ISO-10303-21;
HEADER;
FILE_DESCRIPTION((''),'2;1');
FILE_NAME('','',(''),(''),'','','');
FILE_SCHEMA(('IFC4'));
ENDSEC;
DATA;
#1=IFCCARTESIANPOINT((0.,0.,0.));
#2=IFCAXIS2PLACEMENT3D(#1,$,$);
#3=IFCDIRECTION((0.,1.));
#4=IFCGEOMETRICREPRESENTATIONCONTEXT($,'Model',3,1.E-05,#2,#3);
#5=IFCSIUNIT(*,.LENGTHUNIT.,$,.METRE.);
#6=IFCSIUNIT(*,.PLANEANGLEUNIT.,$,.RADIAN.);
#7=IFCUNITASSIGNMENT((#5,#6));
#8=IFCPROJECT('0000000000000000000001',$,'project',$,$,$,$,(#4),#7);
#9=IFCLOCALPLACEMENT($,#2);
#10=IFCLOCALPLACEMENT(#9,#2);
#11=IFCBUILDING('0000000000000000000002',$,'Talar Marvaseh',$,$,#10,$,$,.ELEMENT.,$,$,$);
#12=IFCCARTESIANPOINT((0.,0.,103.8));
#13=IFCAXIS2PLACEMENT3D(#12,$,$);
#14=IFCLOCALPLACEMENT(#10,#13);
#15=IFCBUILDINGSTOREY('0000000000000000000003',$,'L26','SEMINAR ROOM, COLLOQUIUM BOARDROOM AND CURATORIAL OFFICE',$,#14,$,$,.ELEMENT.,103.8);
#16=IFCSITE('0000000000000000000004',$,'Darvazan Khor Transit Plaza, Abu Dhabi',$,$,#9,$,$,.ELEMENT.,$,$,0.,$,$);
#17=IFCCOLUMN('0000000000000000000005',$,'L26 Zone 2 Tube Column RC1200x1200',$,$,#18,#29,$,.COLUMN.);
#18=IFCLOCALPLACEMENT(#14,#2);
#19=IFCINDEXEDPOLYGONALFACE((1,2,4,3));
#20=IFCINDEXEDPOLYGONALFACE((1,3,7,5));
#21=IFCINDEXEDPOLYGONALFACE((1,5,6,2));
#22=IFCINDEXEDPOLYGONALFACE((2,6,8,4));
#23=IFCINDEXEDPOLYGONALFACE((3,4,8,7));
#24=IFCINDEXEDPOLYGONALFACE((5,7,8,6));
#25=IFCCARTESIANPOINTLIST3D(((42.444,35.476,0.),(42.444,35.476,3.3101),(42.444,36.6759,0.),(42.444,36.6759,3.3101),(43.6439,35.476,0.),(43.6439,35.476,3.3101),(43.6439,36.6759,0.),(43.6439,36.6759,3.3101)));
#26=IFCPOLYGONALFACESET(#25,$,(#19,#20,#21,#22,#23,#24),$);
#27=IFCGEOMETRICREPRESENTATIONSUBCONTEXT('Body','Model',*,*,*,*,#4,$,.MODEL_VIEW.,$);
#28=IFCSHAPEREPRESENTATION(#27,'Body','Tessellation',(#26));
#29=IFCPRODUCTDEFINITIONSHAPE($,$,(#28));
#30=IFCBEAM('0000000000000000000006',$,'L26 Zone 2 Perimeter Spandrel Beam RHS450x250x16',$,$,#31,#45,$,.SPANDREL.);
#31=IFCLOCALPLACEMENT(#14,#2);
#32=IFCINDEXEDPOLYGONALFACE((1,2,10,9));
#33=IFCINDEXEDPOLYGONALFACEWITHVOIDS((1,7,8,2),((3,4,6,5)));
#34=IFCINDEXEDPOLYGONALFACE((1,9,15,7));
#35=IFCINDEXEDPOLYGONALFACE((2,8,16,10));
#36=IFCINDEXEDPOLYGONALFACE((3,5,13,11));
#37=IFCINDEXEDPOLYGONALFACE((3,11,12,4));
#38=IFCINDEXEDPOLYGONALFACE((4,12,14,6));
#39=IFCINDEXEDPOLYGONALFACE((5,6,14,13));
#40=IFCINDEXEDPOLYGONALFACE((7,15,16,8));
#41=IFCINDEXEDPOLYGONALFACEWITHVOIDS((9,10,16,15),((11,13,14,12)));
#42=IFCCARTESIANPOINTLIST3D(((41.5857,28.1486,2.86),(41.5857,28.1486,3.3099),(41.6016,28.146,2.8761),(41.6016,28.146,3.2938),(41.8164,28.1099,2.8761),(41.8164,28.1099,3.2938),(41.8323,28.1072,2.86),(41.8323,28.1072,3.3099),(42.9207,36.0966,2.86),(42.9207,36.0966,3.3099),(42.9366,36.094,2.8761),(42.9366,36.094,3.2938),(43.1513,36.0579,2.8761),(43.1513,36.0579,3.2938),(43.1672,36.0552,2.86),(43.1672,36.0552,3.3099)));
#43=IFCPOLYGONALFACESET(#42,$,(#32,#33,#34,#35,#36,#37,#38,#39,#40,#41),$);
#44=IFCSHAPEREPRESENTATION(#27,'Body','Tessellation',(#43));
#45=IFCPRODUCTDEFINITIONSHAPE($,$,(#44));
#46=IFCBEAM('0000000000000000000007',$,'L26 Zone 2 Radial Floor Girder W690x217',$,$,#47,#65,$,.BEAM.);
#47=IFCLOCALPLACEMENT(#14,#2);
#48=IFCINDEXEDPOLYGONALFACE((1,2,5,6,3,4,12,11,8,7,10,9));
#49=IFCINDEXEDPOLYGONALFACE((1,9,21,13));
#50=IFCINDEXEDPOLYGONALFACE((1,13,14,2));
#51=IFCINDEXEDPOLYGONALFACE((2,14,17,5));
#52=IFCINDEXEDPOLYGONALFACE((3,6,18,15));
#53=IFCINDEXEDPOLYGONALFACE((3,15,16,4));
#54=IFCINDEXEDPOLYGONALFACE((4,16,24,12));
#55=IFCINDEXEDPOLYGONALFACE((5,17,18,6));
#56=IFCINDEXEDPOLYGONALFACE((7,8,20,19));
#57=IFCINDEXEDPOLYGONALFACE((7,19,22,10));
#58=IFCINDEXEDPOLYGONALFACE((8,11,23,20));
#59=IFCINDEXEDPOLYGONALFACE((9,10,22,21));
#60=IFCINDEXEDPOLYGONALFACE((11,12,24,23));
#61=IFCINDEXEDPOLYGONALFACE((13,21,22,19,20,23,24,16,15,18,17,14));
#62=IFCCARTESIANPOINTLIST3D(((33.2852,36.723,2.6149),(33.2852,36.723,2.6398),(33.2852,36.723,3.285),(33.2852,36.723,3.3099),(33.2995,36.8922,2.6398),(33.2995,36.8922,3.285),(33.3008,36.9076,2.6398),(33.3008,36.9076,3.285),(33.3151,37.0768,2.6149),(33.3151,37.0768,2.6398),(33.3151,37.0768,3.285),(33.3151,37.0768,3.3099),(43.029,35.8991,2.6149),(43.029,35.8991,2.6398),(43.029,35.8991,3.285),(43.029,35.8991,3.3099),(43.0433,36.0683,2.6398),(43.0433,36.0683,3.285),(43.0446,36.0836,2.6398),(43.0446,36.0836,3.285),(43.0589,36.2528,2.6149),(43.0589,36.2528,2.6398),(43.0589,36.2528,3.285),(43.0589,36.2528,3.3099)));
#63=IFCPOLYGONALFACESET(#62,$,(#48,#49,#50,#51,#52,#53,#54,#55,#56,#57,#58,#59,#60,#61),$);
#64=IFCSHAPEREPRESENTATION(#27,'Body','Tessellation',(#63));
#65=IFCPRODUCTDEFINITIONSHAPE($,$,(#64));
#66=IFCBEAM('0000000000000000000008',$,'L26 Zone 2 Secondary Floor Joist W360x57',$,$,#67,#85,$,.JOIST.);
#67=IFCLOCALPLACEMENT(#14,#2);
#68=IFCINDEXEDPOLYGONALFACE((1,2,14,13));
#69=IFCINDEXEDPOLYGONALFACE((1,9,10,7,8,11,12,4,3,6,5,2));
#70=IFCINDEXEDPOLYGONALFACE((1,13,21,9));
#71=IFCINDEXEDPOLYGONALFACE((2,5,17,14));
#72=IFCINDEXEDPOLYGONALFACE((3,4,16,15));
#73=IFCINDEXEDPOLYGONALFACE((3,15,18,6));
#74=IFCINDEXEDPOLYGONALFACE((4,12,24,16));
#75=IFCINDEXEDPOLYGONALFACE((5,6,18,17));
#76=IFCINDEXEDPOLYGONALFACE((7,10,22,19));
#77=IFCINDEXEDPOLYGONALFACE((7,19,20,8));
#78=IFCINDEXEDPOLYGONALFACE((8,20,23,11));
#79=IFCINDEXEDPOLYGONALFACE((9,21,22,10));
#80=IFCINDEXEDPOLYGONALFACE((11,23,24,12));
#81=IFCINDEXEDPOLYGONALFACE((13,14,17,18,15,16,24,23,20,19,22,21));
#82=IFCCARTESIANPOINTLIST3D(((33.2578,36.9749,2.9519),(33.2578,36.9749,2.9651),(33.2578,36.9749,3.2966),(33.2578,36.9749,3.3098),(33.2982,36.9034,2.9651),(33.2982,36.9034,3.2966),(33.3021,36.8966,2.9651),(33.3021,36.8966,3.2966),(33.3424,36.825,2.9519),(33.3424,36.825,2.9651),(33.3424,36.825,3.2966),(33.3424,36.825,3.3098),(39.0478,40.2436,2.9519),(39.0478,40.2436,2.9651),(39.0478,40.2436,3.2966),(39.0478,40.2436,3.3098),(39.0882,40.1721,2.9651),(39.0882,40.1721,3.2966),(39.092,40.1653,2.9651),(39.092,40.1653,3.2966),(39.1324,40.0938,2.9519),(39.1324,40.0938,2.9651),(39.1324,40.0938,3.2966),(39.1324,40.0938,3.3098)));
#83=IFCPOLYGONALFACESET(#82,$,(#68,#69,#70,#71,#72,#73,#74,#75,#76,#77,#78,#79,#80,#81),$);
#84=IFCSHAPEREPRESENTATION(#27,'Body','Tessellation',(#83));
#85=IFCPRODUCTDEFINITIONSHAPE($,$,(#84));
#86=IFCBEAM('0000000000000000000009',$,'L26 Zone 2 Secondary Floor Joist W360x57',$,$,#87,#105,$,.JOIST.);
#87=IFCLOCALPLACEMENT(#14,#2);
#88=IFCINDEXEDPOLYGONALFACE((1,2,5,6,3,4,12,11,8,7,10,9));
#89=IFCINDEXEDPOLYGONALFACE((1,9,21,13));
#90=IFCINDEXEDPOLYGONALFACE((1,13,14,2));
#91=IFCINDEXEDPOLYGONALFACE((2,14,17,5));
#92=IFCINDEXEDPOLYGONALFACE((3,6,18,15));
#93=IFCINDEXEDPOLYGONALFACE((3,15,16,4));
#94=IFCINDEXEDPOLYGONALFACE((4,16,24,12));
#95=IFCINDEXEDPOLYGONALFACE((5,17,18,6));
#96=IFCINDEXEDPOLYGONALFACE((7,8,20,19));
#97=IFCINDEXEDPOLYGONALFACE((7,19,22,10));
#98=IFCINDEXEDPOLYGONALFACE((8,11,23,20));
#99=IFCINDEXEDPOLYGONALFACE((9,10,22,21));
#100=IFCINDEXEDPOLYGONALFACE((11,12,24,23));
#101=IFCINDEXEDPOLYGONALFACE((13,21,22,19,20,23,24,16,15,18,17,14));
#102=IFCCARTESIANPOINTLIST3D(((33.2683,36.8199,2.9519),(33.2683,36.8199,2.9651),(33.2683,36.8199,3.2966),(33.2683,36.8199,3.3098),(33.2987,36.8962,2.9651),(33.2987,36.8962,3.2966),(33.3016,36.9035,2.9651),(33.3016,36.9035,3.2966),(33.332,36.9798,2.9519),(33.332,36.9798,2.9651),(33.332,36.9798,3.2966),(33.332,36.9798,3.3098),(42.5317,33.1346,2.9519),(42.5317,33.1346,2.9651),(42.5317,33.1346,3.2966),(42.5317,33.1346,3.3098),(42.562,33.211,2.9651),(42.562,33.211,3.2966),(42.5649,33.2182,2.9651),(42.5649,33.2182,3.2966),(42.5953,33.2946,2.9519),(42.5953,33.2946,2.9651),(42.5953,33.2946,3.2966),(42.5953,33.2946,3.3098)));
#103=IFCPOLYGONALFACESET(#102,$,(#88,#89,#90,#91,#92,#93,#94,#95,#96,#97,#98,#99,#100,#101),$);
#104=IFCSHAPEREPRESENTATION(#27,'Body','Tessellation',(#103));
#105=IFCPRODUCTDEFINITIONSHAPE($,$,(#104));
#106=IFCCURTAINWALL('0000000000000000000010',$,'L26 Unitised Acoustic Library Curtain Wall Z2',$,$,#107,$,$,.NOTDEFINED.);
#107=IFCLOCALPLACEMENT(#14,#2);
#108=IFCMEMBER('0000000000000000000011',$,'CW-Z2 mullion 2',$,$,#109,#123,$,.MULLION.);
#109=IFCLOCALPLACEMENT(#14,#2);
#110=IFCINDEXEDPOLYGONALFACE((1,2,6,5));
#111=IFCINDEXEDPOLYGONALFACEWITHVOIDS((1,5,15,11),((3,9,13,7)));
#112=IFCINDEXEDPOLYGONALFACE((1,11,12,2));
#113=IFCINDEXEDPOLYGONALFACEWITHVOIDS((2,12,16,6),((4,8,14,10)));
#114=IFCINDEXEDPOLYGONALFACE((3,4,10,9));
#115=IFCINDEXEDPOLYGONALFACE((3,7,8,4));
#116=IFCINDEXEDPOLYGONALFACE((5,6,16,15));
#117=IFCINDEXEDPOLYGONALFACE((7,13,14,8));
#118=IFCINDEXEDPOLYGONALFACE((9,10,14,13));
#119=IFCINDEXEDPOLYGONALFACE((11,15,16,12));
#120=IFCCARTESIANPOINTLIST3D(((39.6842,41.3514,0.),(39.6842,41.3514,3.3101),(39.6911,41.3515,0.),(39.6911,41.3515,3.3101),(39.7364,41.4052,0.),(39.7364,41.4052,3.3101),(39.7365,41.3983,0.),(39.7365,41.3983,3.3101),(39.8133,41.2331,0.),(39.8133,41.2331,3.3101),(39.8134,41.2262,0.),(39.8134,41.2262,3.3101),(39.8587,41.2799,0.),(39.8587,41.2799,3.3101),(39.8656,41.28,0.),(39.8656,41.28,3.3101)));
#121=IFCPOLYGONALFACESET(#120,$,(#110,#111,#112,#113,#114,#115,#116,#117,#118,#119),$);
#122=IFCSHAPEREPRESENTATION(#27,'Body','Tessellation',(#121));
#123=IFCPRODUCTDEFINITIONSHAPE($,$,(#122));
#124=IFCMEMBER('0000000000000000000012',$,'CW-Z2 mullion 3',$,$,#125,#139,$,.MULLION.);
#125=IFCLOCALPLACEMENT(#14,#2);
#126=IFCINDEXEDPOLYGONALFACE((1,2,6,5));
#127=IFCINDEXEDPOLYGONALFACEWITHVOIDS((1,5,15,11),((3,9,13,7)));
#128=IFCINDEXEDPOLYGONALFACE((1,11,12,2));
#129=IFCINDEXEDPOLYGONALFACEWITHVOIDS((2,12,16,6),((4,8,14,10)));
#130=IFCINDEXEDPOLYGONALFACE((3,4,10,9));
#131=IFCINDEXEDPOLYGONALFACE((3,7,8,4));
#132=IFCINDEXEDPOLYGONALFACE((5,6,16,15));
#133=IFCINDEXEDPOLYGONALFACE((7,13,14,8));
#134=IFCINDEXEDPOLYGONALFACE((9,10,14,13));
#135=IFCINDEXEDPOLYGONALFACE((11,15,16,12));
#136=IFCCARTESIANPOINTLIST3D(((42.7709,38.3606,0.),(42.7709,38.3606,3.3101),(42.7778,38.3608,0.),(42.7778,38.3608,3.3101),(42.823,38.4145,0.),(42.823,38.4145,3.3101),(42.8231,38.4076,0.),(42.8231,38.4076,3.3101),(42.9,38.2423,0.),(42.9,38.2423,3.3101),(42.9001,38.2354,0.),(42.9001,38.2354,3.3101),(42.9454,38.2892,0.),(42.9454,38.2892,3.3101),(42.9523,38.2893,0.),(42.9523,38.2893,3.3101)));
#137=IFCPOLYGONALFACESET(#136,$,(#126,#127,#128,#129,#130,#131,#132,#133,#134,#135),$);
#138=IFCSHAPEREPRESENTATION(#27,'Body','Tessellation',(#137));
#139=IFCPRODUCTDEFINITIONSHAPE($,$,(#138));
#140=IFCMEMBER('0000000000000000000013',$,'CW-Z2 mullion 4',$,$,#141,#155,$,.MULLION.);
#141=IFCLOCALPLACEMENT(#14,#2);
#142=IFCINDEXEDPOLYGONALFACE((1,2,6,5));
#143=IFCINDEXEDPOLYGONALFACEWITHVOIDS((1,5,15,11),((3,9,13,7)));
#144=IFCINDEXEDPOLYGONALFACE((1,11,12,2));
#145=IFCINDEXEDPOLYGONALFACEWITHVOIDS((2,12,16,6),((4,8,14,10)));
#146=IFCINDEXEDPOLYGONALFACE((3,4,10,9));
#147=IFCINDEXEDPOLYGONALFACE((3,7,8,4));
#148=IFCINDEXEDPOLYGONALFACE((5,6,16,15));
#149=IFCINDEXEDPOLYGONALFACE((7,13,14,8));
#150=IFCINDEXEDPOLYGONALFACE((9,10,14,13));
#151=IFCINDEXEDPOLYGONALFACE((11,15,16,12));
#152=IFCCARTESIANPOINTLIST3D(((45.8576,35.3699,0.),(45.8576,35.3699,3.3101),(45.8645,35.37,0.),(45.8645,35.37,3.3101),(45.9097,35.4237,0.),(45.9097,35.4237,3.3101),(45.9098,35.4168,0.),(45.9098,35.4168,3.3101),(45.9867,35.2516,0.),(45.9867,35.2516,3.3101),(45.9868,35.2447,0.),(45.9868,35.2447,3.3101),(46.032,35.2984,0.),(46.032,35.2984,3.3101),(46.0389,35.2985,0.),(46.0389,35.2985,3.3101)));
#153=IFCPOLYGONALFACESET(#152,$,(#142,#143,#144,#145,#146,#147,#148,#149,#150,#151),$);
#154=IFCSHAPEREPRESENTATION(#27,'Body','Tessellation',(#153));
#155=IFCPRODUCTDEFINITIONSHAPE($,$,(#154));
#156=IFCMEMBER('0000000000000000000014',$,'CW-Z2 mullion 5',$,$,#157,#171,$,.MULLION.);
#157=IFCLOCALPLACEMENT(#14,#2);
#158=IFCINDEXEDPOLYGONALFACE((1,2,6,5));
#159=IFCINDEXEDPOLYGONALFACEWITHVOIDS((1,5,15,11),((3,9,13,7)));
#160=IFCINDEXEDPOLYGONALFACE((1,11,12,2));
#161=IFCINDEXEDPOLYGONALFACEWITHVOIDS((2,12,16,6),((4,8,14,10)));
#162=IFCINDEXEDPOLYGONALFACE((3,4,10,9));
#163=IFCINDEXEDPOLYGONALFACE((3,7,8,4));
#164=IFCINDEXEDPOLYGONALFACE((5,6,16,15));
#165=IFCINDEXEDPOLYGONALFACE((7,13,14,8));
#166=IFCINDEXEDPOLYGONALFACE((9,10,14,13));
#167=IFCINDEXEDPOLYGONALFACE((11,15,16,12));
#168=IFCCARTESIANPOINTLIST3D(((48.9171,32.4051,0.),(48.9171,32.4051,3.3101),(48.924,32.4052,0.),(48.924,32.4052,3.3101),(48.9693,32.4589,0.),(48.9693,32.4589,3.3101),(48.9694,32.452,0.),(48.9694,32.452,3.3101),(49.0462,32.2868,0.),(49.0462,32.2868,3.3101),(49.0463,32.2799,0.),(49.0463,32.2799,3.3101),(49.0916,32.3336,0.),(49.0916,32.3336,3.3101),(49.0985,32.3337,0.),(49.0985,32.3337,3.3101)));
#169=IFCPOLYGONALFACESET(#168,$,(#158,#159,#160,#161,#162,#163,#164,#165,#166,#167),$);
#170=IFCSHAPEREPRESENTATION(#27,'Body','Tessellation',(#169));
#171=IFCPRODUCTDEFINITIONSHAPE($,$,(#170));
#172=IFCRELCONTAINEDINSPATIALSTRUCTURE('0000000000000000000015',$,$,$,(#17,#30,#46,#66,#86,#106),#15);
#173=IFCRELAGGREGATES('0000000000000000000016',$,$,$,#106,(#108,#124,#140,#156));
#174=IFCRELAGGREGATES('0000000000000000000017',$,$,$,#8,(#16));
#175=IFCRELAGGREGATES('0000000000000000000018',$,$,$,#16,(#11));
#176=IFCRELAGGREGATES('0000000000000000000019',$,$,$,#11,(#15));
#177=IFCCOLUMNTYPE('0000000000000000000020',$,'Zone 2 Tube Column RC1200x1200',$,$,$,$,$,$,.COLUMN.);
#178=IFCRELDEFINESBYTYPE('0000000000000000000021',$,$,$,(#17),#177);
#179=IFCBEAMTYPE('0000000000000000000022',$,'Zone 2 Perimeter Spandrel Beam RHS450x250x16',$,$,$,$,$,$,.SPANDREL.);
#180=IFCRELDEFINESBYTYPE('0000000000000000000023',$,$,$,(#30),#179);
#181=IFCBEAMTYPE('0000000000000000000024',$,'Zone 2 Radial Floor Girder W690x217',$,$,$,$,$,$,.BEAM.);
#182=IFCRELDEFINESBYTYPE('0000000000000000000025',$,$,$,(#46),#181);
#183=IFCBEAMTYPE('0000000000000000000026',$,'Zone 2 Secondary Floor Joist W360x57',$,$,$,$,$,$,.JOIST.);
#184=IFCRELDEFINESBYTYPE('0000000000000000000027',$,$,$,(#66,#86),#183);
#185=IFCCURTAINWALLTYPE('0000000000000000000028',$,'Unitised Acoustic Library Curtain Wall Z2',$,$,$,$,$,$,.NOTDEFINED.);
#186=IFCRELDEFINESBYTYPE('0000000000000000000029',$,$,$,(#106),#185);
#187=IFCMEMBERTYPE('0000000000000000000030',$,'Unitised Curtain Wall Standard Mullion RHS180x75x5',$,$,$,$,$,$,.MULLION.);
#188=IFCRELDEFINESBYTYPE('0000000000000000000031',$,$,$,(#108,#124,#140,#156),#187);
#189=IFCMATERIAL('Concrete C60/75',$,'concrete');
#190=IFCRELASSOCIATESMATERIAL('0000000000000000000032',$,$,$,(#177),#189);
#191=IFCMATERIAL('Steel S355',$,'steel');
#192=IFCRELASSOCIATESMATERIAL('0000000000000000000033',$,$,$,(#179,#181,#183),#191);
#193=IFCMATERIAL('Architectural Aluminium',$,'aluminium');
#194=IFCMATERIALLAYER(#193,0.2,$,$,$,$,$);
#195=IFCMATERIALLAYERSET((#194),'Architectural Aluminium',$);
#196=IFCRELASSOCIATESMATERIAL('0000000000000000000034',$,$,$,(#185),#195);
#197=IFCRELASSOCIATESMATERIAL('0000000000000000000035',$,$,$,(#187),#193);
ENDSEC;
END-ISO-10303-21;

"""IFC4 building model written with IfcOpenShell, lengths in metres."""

from ifc_helpers import new_model, si_unit, direction, frame, origin, origin_2d, place, context, subcontext, project, spatial, rectangle, hollow_rectangle, i_section, extrude, source, transform, mapped, material, layer, layer_set, material_profile, profile_set, type_object, type_shapes, element, aggregate, save


model = new_model("IFC4")

# Units and contexts
model_context = context("Model", 3, precision=1e-05, world=origin(), true_north=direction((0.0, 1.0)))
body_context = subcontext(model_context, "Body", "Model", "MODEL_VIEW")
ifc_project = project(units=[si_unit("LENGTHUNIT", "METRE"), si_unit("PLANEANGLEUNIT", "RADIAN")], contexts=[model_context])

# Site, building, storey
site_placement = place(None, origin())
site = spatial("IfcSite", under=ifc_project, at=site_placement, Name="Darvazan Khor Transit Plaza, Abu Dhabi", CompositionType="ELEMENT", RefElevation=0.0)
building_placement = place(site_placement, origin())
building = spatial("IfcBuilding", under=site, at=building_placement, Name="Talar Marvaseh", CompositionType="ELEMENT")
storey_placement = place(building_placement, frame((0.0, 0.0, 103.8)))
storey = spatial("IfcBuildingStorey", under=building, at=storey_placement, Name="L26", Description="SEMINAR ROOM, COLLOQUIUM BOARDROOM AND CURATORIAL OFFICE", CompositionType="ELEMENT", Elevation=103.8)

# Column
ifc_material_1 = material(Name="Concrete C60/75", Category="concrete")
ifc_material_profile_1 = material_profile(ifc_material_1, rectangle(XDim=1.2, YDim=1.2, at=origin_2d()), Name="RC1200x1200")
ifc_profile_set_1 = profile_set([ifc_material_profile_1], Name="Concrete C60/75")
column_type = type_object("IfcColumnType", Name="Zone 2 Tube Column RC1200x1200", PredefinedType="COLUMN", material=ifc_profile_set_1)
column_placement = place(storey_placement, frame((43.0439, 36.0759, 0.0), z_axis=(0.0, 0.0, 1.0), x_axis=(1.0, 0.0, 0.0)))
element("IfcColumn", 1, at=column_placement, inside=storey, type_object=column_type, Name="L26 Zone 2 Tube Column RC1200x1200", PredefinedType="COLUMN", context=body_context, shape_type="SweptSolid", body=[
    extrude(rectangle(XDim=1.2, YDim=1.2, at=origin_2d()), origin(), (0.0, 0.0, 1.0), 3.3101),
])

# Beams
ifc_material_2 = material(Name="Steel S355", Category="steel")
ifc_material_profile_2 = material_profile(ifc_material_2, hollow_rectangle(XDim=0.25, YDim=0.45, WallThickness=0.0161, at=origin_2d()), Name="RHS450x250x16")
ifc_profile_set_2 = profile_set([ifc_material_profile_2], Name="Steel S355")
beam_type_1 = type_object("IfcBeamType", Name="Zone 2 Perimeter Spandrel Beam RHS450x250x16", PredefinedType="SPANDREL", material=ifc_profile_set_2)
beam_1_placement = place(storey_placement, frame((43.0439, 36.0759, 3.085), z_axis=(-0.165642, -0.986186, 0.0), x_axis=(0.986186, -0.165642, 0.0)))
element("IfcBeam", 2, at=beam_1_placement, inside=storey, type_object=beam_type_1, Name="L26 Zone 2 Perimeter Spandrel Beam RHS450x250x16", PredefinedType="SPANDREL", context=body_context, shape_type="SweptSolid", body=[
    extrude(hollow_rectangle(XDim=0.25, YDim=0.45, WallThickness=0.0161, at=origin_2d()), origin(), (0.0, 0.0, 1.0), 8.0593),
])
ifc_material_profile_3 = material_profile(ifc_material_2, i_section(OverallWidth=0.355, OverallDepth=0.6951, WebThickness=0.0154, FlangeThickness=0.0249, at=origin_2d()), Name="W690x217")
ifc_profile_set_3 = profile_set([ifc_material_profile_3], Name="Steel S355")
beam_type_2 = type_object("IfcBeamType", Name="Zone 2 Radial Floor Girder W690x217", PredefinedType="BEAM", material=ifc_profile_set_3)
beam_2_placement = place(storey_placement, frame((43.0439, 36.0759, 2.9624), z_axis=(-0.996444, 0.084262, 0.0), x_axis=(-0.084262, -0.996444, 0.0)))
element("IfcBeam", 3, at=beam_2_placement, inside=storey, type_object=beam_type_2, Name="L26 Zone 2 Radial Floor Girder W690x217", PredefinedType="BEAM", context=body_context, shape_type="SweptSolid", body=[
    extrude(i_section(OverallWidth=0.355, OverallDepth=0.6951, WebThickness=0.0154, FlangeThickness=0.0249, at=origin_2d()), origin(), (0.0, 0.0, 1.0), 9.7786),
])
ifc_material_profile_4 = material_profile(ifc_material_2, i_section(OverallWidth=0.1721, OverallDepth=0.3579, WebThickness=0.0078, FlangeThickness=0.0132, at=origin_2d()), Name="W360x57")
ifc_profile_set_4 = profile_set([ifc_material_profile_4], Name="Steel S355")
beam_type_3 = type_object("IfcBeamType", Name="Zone 2 Secondary Floor Joist W360x57", PredefinedType="JOIST", material=ifc_profile_set_4)
beam_3_placement = place(storey_placement, frame((39.0901, 40.1687, 3.1309), z_axis=(-0.87081, -0.49162, 0.0), x_axis=(0.49162, -0.87081, 0.0)))
element("IfcBeam", 4, at=beam_3_placement, inside=storey, type_object=beam_type_3, Name="L26 Zone 2 Secondary Floor Joist W360x57", PredefinedType="JOIST", context=body_context, shape_type="SweptSolid", body=[
    extrude(i_section(OverallWidth=0.1721, OverallDepth=0.3579, WebThickness=0.0078, FlangeThickness=0.0132, at=origin_2d()), origin(), (0.0, 0.0, 1.0), 6.6489),
])
beam_4_placement = place(storey_placement, frame((42.5635, 33.2146, 3.1309), z_axis=(-0.929169, 0.369655, 0.0), x_axis=(-0.369655, -0.929169, 0.0)))
element("IfcBeam", 5, at=beam_4_placement, inside=storey, type_object=beam_type_3, Name="L26 Zone 2 Secondary Floor Joist W360x57", PredefinedType="JOIST", context=body_context, shape_type="SweptSolid", body=[
    extrude(i_section(OverallWidth=0.1721, OverallDepth=0.3579, WebThickness=0.0078, FlangeThickness=0.0132, at=origin_2d()), origin(), (0.0, 0.0, 1.0), 9.9695),
])

# Curtain wall, members
ifc_material_3 = material(Name="Architectural Aluminium", Category="aluminium")
ifc_layer_1 = layer(ifc_material_3, 0.2)
ifc_layer_set_1 = layer_set([ifc_layer_1], Name="Architectural Aluminium")
curtain_wall_type = type_object("IfcCurtainWallType", Name="Unitised Acoustic Library Curtain Wall Z2", PredefinedType="NOTDEFINED", material=ifc_layer_set_1)
curtain_wall_1_placement = place(storey_placement, origin())
curtain_wall_1 = element("IfcCurtainWall", 6, at=curtain_wall_1_placement, inside=storey, type_object=curtain_wall_type, Name="L26 Unitised Acoustic Library Curtain Wall Z2", PredefinedType="NOTDEFINED")
ifc_material_profile_5 = material_profile(ifc_material_3, hollow_rectangle(XDim=0.075, YDim=0.1799, WallThickness=0.0049, at=origin_2d()), Name="RHS180x75x5")
ifc_profile_set_5 = profile_set([ifc_material_profile_5], Name="Architectural Aluminium")
member_type_1 = type_object("IfcMemberType", Name="Unitised Curtain Wall Standard Mullion RHS180x75x5", PredefinedType="MULLION", material=ifc_profile_set_5)
shared_shape_1 = source(origin(), body_context, "Body", "SweptSolid", [
    extrude(hollow_rectangle(XDim=0.075, YDim=0.1799, WallThickness=0.0049, at=origin_2d()), origin(), (0.0, 0.0, 1.0), 3.3101),
])
type_shapes(member_type_1, [shared_shape_1])
member_1_placement = place(storey_placement, frame((39.7749, 41.3157, 0.0), z_axis=(0.0, 0.0, 1.0), x_axis=(0.695868, 0.71817, 0.0)))
member_1 = element("IfcMember", 7, at=member_1_placement, type_object=member_type_1, Name="CW-Z2 mullion 2", PredefinedType="MULLION", context=body_context, shape_type="MappedRepresentation", body=[
    mapped(shared_shape_1, transform((0.0, 0.0, 0.0), x_axis=(1.0, 0.0, 0.0), y_axis=(0.0, 1.0, 0.0), z_axis=(0.0, 0.0, 1.0), scale=1.0)),
])
member_2_placement = place(storey_placement, frame((42.8616, 38.325, 0.0), z_axis=(0.0, 0.0, 1.0), x_axis=(0.695868, 0.71817, 0.0)))
member_2 = element("IfcMember", 8, at=member_2_placement, type_object=member_type_1, Name="CW-Z2 mullion 3", PredefinedType="MULLION", context=body_context, shape_type="MappedRepresentation", body=[
    mapped(shared_shape_1, transform((0.0, 0.0, 0.0), x_axis=(1.0, 0.0, 0.0), y_axis=(0.0, 1.0, 0.0), z_axis=(0.0, 0.0, 1.0), scale=1.0)),
])
member_3_placement = place(storey_placement, frame((45.9482, 35.3342, 0.0), z_axis=(0.0, 0.0, 1.0), x_axis=(0.695868, 0.71817, 0.0)))
member_3 = element("IfcMember", 9, at=member_3_placement, type_object=member_type_1, Name="CW-Z2 mullion 4", PredefinedType="MULLION", context=body_context, shape_type="MappedRepresentation", body=[
    mapped(shared_shape_1, transform((0.0, 0.0, 0.0), x_axis=(1.0, 0.0, 0.0), y_axis=(0.0, 1.0, 0.0), z_axis=(0.0, 0.0, 1.0), scale=1.0)),
])
member_4_placement = place(storey_placement, frame((49.0078, 32.3694, 0.0), z_axis=(0.0, 0.0, 1.0), x_axis=(0.695868, 0.71817, 0.0)))
member_4 = element("IfcMember", 10, at=member_4_placement, type_object=member_type_1, Name="CW-Z2 mullion 5", PredefinedType="MULLION", context=body_context, shape_type="MappedRepresentation", body=[
    mapped(shared_shape_1, transform((0.0, 0.0, 0.0), x_axis=(1.0, 0.0, 0.0), y_axis=(0.0, 1.0, 0.0), z_axis=(0.0, 0.0, 1.0), scale=1.0)),
])

aggregate(curtain_wall_1, [member_1, member_2, member_3, member_4])

save(model, "model.ifc")
